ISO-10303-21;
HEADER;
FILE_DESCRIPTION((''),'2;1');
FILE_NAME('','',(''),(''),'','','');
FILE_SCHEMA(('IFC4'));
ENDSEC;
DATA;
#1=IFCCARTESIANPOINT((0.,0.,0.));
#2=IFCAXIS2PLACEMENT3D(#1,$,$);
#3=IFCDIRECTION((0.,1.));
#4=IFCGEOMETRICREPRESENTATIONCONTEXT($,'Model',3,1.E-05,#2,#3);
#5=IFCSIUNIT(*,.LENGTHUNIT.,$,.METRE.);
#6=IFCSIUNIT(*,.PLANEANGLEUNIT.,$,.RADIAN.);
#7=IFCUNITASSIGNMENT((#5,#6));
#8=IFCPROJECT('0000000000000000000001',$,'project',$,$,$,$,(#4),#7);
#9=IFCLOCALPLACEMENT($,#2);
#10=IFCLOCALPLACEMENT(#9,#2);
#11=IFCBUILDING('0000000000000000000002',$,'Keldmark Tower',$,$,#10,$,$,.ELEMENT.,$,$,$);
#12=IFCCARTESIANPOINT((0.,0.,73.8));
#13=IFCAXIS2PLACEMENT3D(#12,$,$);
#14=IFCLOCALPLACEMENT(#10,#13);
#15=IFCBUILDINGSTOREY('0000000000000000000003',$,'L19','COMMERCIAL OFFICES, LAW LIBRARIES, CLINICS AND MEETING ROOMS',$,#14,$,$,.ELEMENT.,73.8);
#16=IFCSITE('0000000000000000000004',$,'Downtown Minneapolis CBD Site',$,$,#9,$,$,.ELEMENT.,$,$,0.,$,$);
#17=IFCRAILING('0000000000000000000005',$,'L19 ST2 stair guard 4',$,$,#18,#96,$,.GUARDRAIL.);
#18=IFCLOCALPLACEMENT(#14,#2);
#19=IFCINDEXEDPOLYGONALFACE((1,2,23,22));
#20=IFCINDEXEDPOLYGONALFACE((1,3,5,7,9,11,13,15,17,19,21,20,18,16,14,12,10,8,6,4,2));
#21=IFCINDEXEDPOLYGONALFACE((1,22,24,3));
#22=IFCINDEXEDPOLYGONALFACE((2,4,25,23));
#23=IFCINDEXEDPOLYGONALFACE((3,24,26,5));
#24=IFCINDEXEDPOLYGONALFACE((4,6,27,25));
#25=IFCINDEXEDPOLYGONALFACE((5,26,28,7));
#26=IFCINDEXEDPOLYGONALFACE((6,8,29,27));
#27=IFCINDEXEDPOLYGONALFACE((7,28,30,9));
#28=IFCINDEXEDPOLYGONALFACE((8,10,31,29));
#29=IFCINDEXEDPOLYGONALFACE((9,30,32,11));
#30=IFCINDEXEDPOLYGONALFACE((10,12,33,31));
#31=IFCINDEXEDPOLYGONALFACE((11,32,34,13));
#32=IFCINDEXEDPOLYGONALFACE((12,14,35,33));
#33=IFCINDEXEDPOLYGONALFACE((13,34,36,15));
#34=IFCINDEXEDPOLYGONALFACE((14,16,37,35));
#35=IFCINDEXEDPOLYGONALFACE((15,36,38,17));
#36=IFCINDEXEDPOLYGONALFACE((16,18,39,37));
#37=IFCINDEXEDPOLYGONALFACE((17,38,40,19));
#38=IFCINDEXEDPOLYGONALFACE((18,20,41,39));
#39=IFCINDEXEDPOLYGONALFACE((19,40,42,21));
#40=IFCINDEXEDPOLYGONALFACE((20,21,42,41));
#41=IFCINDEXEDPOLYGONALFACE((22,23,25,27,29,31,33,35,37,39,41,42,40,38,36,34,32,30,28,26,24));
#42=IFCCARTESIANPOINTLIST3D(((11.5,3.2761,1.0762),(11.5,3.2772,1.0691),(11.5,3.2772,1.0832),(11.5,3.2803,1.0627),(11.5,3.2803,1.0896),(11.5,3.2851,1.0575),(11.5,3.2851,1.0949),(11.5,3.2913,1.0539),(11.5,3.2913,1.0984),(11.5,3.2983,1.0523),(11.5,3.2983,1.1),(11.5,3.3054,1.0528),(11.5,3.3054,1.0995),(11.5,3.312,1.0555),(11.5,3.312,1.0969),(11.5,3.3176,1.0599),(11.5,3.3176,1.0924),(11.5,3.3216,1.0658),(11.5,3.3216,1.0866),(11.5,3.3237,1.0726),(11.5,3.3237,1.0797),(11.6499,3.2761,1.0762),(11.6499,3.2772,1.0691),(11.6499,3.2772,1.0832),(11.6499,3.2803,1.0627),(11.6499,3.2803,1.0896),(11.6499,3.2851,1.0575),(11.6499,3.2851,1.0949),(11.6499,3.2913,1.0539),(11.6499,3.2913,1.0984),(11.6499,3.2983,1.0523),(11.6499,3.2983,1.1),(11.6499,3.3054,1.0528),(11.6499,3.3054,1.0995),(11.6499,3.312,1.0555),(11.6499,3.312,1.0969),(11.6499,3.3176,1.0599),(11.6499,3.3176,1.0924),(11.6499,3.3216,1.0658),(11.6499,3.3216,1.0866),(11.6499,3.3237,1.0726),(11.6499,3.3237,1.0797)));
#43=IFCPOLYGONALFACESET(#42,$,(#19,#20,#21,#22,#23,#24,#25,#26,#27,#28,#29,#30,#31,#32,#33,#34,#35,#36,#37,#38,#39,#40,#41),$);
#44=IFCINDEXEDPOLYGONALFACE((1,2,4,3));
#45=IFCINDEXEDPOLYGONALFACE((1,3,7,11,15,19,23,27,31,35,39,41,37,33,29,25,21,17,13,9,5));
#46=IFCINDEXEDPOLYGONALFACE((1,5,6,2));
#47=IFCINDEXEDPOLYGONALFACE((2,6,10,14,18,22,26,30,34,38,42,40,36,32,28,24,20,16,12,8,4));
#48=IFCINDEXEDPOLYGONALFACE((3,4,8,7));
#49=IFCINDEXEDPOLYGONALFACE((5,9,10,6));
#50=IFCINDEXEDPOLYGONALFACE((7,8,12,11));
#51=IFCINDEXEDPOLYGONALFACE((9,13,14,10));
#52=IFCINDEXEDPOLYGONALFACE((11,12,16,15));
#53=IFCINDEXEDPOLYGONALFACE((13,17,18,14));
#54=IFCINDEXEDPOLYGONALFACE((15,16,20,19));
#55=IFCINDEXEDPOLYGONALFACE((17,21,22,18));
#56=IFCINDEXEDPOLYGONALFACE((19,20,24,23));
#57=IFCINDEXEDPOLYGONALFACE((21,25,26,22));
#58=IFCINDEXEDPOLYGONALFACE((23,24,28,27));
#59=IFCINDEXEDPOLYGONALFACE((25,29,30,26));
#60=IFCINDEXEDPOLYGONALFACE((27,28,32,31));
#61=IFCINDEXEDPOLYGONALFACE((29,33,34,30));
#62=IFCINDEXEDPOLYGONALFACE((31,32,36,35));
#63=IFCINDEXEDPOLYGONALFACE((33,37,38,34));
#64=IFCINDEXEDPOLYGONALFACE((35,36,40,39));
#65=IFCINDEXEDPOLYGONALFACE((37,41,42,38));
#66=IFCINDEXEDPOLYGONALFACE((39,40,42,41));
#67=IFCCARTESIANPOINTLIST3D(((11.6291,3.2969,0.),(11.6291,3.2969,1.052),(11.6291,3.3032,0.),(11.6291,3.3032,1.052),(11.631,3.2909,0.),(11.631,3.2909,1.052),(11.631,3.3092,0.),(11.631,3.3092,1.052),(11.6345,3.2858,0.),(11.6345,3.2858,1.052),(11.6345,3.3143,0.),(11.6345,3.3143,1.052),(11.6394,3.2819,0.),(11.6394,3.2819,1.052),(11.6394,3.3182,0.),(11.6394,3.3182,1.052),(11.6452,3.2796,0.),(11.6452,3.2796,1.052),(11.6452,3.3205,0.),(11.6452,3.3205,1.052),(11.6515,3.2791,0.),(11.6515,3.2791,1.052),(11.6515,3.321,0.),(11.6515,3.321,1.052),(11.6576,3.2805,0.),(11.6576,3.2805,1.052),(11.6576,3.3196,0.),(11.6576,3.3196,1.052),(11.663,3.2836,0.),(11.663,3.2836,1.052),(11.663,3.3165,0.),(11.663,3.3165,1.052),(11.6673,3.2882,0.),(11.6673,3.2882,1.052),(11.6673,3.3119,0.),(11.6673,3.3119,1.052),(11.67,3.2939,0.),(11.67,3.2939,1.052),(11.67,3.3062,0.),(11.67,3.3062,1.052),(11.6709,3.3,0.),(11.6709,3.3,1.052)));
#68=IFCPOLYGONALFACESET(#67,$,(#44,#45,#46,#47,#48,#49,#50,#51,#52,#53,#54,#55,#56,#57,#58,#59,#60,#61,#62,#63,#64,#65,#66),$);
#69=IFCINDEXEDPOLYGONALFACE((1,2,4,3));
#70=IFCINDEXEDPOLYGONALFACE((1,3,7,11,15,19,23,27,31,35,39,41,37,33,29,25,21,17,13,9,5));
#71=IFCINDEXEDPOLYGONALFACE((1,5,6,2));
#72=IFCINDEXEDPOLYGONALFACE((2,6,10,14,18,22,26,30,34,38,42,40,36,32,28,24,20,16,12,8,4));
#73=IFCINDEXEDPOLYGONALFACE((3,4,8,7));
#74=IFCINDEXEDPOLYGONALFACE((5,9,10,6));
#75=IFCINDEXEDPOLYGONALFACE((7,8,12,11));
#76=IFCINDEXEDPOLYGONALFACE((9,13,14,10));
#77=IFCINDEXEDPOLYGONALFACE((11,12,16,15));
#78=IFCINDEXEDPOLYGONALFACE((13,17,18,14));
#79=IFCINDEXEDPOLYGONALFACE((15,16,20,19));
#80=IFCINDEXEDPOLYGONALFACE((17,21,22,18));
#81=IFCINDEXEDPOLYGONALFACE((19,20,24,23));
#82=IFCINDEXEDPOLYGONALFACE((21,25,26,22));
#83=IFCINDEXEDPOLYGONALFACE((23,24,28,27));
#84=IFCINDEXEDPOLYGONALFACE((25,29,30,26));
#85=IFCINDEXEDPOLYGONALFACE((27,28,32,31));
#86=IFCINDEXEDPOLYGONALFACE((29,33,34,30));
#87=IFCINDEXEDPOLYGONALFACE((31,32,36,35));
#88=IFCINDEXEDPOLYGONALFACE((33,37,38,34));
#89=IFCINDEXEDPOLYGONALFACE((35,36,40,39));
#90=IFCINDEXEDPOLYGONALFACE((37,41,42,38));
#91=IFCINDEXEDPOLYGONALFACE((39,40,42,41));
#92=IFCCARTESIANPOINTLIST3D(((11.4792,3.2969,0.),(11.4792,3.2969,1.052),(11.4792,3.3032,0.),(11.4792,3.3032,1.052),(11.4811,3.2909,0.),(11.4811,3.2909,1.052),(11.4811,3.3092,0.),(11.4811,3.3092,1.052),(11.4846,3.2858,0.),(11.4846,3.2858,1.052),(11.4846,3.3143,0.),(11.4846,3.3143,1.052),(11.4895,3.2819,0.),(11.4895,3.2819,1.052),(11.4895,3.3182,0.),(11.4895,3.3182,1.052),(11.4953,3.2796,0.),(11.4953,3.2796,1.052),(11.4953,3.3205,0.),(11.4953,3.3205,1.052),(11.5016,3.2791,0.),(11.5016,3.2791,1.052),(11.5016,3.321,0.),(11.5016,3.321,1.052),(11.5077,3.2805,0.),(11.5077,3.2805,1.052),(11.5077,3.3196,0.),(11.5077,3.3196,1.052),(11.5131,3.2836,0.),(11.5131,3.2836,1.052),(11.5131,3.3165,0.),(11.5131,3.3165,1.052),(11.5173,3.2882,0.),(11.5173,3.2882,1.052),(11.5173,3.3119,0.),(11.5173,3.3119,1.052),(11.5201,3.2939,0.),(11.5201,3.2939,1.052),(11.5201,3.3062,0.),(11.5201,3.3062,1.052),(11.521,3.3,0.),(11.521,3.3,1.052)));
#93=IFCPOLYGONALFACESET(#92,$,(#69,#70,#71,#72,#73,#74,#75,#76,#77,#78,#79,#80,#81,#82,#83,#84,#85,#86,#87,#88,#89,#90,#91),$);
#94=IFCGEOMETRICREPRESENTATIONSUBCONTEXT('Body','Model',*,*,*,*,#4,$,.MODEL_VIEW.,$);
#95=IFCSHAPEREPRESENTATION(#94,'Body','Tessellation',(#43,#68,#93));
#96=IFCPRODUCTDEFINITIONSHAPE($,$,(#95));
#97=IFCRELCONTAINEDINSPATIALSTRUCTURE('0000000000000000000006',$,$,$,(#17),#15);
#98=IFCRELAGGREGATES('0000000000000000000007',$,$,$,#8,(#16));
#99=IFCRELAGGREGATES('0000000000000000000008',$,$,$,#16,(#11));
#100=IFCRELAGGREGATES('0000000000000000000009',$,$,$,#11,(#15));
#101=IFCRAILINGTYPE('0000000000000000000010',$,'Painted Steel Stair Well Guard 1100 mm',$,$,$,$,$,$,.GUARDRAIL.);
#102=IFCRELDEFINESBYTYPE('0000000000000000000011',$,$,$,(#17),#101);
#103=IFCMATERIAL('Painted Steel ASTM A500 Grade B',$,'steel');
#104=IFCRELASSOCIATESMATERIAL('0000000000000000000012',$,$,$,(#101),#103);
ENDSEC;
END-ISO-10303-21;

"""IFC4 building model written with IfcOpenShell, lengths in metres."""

from ifc_helpers import new_model, si_unit, direction, frame, origin, origin_2d, place, context, subcontext, project, spatial, circle, extrude, material, type_object, element, save


model = new_model("IFC4")

# Units and contexts
model_context = context("Model", 3, precision=1e-05, world=origin(), true_north=direction((0.0, 1.0)))
body_context = subcontext(model_context, "Body", "Model", "MODEL_VIEW")
ifc_project = project(units=[si_unit("LENGTHUNIT", "METRE"), si_unit("PLANEANGLEUNIT", "RADIAN")], contexts=[model_context])

# Site, building, storey
site_placement = place(None, origin())
site = spatial("IfcSite", under=ifc_project, at=site_placement, Name="Downtown Minneapolis CBD Site", CompositionType="ELEMENT", RefElevation=0.0)
building_placement = place(site_placement, origin())
building = spatial("IfcBuilding", under=site, at=building_placement, Name="Keldmark Tower", CompositionType="ELEMENT")
storey_placement = place(building_placement, frame((0.0, 0.0, 73.8)))
storey = spatial("IfcBuildingStorey", under=building, at=storey_placement, Name="L19", Description="COMMERCIAL OFFICES, LAW LIBRARIES, CLINICS AND MEETING ROOMS", CompositionType="ELEMENT", Elevation=73.8)

# Railing
ifc_material_1 = material(Name="Painted Steel ASTM A500 Grade B", Category="steel")
railing_type_1 = type_object("IfcRailingType", Name="Painted Steel Stair Well Guard 1100 mm", PredefinedType="GUARDRAIL", material=ifc_material_1)
railing_1_placement = place(storey_placement, frame((11.6499, 3.3, 0.0)))
element("IfcRailing", 1, at=railing_1_placement, inside=storey, type_object=railing_type_1, Name="L19 ST2 stair guard 4", PredefinedType="GUARDRAIL", context=body_context, shape_type="SweptSolid", body=[
    extrude(circle(Radius=0.0239, at=origin_2d()), frame((0.0, 0.0, 1.0762), z_axis=(-1.0, 0.0, 0.0), x_axis=(0.0, -1.0, 0.0)), (0.0, 0.0, 1.0), 0.1499),
    extrude(circle(Radius=0.021, at=origin_2d()), origin(), (0.0, 0.0, 1.0), 1.052),
    extrude(circle(Radius=0.021, at=origin_2d()), frame((-0.1499, 0.0, 0.0)), (0.0, 0.0, 1.0), 1.052),
])

save(model, "model.ifc")
